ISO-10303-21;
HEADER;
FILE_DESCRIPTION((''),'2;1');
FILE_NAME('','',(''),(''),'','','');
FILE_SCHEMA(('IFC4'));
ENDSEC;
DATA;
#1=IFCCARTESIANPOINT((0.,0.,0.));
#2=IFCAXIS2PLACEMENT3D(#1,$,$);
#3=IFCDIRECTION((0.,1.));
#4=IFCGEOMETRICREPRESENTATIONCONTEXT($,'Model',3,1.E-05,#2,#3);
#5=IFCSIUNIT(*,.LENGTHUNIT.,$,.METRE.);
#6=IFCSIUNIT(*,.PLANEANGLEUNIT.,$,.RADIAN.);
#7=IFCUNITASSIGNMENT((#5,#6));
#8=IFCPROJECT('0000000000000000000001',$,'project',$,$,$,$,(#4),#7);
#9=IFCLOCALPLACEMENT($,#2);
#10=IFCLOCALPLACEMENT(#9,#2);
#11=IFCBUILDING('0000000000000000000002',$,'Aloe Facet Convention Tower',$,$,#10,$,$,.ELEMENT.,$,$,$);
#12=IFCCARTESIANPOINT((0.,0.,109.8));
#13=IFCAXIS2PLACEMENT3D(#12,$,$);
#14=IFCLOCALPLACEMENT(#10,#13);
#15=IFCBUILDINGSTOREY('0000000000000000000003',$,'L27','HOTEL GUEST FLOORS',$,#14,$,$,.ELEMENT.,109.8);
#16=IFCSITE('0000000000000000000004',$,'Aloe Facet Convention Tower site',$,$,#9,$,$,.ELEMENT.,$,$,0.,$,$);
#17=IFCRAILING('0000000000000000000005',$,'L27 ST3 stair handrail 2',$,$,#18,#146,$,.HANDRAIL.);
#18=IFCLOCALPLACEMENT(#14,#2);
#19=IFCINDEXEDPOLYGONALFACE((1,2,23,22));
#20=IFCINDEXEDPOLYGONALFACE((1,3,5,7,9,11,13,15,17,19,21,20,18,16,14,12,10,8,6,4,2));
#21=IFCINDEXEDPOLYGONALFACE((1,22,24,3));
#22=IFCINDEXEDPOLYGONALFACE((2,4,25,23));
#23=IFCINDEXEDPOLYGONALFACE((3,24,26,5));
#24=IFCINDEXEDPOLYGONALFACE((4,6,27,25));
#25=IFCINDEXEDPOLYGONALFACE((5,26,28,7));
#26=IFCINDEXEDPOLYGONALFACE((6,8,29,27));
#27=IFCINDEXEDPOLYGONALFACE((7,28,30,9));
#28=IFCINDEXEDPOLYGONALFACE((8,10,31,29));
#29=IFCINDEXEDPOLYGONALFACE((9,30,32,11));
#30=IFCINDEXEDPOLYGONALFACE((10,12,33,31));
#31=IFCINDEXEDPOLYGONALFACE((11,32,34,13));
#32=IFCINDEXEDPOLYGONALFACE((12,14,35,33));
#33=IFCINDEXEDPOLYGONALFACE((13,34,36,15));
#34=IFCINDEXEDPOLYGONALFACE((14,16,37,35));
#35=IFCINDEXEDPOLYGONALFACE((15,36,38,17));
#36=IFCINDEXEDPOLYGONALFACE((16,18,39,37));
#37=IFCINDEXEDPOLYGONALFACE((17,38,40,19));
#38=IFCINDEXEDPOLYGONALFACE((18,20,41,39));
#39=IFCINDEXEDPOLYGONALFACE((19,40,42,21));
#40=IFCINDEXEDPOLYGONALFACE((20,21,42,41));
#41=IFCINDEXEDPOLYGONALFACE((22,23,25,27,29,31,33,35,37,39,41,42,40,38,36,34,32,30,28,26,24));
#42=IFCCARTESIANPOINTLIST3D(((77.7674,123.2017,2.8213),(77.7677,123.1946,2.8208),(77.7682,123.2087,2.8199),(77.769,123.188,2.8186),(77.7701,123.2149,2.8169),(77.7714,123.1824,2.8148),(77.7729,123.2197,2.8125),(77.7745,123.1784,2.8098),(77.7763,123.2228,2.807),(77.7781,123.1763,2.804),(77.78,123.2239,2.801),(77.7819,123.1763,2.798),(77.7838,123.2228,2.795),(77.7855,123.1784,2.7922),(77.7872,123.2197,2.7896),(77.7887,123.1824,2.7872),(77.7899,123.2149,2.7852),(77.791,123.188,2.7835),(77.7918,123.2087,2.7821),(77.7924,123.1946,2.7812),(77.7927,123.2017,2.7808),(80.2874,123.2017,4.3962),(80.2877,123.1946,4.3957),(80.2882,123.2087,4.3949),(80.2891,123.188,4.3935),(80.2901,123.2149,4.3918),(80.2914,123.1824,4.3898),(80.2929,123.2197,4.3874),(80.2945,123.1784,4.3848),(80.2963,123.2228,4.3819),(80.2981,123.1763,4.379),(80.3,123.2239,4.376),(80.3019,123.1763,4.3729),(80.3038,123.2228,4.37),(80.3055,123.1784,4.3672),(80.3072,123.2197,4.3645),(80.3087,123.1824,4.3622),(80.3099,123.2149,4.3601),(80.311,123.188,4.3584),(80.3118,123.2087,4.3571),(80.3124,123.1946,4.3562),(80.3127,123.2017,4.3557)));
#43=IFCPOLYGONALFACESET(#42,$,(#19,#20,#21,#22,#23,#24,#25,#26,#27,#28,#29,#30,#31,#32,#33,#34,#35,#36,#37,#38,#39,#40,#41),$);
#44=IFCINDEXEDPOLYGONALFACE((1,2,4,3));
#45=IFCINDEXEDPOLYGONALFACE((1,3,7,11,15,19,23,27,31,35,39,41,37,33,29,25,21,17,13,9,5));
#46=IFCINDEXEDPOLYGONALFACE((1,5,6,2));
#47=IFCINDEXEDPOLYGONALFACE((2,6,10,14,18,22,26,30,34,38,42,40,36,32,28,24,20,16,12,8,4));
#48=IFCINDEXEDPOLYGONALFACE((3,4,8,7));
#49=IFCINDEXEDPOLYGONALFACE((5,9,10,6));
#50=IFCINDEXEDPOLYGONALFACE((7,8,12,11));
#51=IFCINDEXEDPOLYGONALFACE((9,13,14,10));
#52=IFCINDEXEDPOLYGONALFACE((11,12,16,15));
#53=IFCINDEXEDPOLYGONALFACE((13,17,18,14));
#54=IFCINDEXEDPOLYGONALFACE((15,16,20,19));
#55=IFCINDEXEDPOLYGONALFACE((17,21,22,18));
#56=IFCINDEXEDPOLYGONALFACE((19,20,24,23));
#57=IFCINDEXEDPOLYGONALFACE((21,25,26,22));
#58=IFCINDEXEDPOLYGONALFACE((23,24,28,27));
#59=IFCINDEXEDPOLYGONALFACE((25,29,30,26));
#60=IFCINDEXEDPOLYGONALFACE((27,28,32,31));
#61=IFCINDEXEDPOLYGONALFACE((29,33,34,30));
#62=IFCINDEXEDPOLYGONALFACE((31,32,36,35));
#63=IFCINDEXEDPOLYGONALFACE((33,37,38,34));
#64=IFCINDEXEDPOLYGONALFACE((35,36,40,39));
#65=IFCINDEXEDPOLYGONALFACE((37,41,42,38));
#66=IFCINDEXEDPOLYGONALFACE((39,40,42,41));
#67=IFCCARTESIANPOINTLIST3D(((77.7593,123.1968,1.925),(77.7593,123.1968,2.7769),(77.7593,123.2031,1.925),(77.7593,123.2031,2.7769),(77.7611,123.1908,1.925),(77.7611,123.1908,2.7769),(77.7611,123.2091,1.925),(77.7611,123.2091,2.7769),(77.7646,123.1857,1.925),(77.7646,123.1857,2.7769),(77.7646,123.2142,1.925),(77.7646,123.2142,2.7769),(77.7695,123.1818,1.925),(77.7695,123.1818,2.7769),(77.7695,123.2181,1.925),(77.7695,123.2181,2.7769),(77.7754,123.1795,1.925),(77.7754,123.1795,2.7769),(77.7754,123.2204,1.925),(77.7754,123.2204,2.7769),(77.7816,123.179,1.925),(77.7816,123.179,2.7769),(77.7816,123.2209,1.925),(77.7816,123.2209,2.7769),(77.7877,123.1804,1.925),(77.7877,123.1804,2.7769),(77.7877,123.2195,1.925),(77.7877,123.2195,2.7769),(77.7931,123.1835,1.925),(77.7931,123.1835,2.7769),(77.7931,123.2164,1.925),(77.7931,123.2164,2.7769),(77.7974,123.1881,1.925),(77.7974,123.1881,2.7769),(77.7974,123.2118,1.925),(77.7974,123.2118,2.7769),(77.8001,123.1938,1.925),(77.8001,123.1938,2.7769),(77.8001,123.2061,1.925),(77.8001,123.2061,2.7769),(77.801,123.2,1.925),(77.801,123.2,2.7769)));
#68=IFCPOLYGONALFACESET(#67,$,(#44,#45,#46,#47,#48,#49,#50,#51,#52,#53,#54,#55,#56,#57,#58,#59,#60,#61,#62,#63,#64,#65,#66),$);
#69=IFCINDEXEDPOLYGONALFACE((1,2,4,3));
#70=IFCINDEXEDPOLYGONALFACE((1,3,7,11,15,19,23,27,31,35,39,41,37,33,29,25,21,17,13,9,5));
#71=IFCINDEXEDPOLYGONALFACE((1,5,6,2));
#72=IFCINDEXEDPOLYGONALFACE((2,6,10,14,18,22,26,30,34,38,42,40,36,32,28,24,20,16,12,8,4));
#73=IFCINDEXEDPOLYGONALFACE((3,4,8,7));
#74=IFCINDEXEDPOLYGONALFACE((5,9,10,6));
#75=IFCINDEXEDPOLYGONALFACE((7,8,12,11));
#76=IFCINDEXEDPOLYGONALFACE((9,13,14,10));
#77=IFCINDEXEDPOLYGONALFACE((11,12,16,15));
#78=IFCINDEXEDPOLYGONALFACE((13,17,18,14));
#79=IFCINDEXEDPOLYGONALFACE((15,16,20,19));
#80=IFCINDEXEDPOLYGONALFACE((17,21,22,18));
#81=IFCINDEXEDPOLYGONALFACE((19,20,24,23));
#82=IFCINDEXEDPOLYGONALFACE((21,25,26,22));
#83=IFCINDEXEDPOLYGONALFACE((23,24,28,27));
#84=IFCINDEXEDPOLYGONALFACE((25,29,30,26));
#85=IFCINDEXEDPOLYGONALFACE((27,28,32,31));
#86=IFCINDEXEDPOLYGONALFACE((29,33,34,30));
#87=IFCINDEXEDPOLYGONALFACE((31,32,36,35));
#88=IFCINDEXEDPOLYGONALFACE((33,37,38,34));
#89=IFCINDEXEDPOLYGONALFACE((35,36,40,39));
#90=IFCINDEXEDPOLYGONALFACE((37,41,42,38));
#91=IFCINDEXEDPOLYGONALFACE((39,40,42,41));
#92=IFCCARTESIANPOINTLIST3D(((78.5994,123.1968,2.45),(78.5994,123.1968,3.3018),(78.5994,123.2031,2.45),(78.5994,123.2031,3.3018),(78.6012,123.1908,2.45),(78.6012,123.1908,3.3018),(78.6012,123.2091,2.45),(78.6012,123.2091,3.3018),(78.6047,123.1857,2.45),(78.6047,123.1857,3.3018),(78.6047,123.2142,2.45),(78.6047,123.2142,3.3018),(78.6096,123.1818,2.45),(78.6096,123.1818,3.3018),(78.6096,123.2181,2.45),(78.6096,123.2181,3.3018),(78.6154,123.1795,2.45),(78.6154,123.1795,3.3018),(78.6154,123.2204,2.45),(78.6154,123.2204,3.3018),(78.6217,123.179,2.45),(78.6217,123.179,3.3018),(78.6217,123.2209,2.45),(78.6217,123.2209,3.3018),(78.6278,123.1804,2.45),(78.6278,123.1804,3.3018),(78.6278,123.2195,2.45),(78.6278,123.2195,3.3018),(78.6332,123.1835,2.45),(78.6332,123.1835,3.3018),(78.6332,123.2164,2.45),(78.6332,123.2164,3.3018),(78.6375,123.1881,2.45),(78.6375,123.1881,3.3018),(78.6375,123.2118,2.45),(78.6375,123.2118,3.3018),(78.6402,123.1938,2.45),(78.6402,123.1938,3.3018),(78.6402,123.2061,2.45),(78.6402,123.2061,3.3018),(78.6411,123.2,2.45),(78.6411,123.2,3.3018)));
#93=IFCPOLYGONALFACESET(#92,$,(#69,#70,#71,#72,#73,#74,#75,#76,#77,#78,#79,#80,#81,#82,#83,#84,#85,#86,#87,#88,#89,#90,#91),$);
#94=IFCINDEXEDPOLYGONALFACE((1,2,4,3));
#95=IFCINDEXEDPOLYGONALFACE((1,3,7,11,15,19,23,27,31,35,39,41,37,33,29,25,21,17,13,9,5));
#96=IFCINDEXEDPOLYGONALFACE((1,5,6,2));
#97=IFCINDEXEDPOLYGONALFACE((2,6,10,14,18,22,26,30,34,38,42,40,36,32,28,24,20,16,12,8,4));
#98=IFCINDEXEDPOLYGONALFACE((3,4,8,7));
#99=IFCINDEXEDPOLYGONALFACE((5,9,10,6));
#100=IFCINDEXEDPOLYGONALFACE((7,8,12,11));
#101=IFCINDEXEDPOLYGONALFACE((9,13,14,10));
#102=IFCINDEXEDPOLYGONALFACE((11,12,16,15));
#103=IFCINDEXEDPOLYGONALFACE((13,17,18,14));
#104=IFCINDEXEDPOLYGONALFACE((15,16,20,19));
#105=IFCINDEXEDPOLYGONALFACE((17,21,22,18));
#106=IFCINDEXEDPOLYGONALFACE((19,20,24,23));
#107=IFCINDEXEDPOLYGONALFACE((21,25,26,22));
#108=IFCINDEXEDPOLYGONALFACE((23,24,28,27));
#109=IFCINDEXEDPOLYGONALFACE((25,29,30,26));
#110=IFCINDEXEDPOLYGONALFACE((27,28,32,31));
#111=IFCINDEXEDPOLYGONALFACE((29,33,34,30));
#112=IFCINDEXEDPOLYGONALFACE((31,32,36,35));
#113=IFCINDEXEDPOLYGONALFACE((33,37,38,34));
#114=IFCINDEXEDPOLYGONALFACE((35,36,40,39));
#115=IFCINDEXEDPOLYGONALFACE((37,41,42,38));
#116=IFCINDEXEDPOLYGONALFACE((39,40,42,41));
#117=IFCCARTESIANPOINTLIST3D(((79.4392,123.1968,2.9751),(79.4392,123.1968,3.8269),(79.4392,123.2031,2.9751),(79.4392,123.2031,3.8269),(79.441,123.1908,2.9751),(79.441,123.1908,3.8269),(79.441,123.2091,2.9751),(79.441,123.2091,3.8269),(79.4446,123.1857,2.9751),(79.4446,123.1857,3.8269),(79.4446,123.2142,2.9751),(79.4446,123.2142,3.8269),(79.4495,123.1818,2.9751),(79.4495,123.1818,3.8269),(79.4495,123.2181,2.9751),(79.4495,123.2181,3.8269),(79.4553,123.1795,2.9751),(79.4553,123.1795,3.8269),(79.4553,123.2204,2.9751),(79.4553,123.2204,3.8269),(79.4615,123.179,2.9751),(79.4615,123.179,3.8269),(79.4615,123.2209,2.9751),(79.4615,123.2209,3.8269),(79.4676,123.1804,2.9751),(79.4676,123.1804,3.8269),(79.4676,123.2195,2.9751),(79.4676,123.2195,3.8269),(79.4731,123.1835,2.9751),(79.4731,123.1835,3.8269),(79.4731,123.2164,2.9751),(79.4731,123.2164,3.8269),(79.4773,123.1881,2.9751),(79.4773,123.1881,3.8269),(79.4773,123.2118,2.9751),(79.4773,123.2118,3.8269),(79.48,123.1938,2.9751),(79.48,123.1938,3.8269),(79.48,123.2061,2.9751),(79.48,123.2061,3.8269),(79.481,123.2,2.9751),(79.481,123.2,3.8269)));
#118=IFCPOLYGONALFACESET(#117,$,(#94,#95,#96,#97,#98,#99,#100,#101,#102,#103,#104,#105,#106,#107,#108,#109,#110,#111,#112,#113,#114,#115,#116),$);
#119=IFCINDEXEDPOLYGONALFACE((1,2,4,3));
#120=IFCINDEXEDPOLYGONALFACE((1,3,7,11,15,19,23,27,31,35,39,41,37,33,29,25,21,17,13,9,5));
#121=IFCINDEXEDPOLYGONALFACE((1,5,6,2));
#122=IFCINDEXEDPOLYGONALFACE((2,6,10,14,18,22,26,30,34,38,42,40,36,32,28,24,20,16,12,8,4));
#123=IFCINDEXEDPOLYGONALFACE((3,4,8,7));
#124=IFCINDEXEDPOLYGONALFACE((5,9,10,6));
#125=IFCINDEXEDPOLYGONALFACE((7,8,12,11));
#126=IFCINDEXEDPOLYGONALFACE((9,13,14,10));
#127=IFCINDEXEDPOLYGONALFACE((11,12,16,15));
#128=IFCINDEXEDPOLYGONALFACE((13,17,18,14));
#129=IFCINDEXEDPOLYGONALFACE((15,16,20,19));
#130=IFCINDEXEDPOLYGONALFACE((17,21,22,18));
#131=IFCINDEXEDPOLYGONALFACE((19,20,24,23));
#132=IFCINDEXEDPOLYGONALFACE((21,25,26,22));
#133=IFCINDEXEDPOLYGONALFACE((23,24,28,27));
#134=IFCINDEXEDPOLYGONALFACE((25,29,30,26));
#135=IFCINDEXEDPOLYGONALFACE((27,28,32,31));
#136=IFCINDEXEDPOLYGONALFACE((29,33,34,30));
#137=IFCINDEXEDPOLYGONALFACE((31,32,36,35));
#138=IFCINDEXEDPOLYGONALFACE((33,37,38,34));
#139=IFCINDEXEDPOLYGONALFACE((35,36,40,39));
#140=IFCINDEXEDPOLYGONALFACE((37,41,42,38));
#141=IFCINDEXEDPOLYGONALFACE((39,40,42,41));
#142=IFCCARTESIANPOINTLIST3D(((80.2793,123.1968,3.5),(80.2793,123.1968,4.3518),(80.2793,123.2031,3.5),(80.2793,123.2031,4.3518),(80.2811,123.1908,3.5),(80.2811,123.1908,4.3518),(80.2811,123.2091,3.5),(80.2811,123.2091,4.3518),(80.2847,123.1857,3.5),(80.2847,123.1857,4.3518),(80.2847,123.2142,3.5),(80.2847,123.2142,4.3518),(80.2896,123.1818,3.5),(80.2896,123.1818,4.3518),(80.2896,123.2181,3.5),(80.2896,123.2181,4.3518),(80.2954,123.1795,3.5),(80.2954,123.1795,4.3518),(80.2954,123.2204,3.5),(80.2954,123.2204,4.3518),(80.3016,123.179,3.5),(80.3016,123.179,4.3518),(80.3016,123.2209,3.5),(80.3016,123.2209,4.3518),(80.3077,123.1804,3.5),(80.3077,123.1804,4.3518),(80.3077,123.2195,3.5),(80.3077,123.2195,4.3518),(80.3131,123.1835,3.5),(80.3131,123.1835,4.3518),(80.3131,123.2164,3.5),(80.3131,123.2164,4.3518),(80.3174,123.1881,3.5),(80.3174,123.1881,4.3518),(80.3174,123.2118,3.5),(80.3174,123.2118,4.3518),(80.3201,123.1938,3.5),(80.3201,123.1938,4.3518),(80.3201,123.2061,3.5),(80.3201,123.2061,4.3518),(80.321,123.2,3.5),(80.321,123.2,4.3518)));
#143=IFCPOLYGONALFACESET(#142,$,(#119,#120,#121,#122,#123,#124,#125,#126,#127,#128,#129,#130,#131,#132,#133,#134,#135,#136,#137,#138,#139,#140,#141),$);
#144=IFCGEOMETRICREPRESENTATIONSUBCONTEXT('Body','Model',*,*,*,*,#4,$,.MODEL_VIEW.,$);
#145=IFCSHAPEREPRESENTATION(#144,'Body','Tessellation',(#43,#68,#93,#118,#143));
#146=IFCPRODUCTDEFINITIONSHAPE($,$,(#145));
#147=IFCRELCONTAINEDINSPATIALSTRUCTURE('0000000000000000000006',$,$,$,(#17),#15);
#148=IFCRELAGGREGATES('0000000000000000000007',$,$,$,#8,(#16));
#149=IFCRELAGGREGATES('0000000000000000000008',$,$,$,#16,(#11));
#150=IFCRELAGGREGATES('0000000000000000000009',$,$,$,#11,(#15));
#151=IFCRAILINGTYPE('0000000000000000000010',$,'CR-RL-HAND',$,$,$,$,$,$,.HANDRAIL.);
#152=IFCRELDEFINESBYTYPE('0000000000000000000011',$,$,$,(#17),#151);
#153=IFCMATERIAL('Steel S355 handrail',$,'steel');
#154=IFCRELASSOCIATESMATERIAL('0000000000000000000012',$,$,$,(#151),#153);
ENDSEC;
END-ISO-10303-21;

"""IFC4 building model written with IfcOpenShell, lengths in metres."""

from ifc_helpers import new_model, si_unit, direction, frame, origin, origin_2d, place, context, subcontext, project, spatial, circle, extrude, material, type_object, element, save


model = new_model("IFC4")

# Units and contexts
model_context = context("Model", 3, precision=1e-05, world=origin(), true_north=direction((0.0, 1.0)))
body_context = subcontext(model_context, "Body", "Model", "MODEL_VIEW")
ifc_project = project(units=[si_unit("LENGTHUNIT", "METRE"), si_unit("PLANEANGLEUNIT", "RADIAN")], contexts=[model_context])

# Site, building, storey
site_placement = place(None, origin())
site = spatial("IfcSite", under=ifc_project, at=site_placement, Name="Aloe Facet Convention Tower site", CompositionType="ELEMENT", RefElevation=0.0)
building_placement = place(site_placement, origin())
building = spatial("IfcBuilding", under=site, at=building_placement, Name="Aloe Facet Convention Tower", CompositionType="ELEMENT")
storey_placement = place(building_placement, frame((0.0, 0.0, 109.8)))
storey = spatial("IfcBuildingStorey", under=building, at=storey_placement, Name="L27", Description="HOTEL GUEST FLOORS", CompositionType="ELEMENT", Elevation=109.8)

# Railing
ifc_material_1 = material(Name="Steel S355 handrail", Category="steel")
railing_type_1 = type_object("IfcRailingType", Name="CR-RL-HAND", PredefinedType="HANDRAIL", material=ifc_material_1)
railing_1_placement = place(storey_placement, frame((77.78, 123.2, 1.925)))
element("IfcRailing", 1, at=railing_1_placement, inside=storey, type_object=railing_type_1, Name="L27 ST3 stair handrail 2", PredefinedType="HANDRAIL", context=body_context, shape_type="SweptSolid", body=[
    extrude(circle(Radius=0.0239, at=origin_2d()), frame((0.0, 0.0, 0.876), z_axis=(0.848008, 0.0, 0.529984), x_axis=(0.0, 1.0, 0.0)), (0.0, 0.0, 1.0), 2.9717),
    extrude(circle(Radius=0.021, at=origin_2d()), origin(), (0.0, 0.0, 1.0), 0.8518),
    extrude(circle(Radius=0.021, at=origin_2d()), frame((0.8401, 0.0, 0.5249)), (0.0, 0.0, 1.0), 0.8518),
    extrude(circle(Radius=0.021, at=origin_2d()), frame((1.6799, 0.0, 1.05)), (0.0, 0.0, 1.0), 0.8518),
    extrude(circle(Radius=0.021, at=origin_2d()), frame((2.52, 0.0, 1.575)), (0.0, 0.0, 1.0), 0.8518),
])

save(model, "model.ifc")
